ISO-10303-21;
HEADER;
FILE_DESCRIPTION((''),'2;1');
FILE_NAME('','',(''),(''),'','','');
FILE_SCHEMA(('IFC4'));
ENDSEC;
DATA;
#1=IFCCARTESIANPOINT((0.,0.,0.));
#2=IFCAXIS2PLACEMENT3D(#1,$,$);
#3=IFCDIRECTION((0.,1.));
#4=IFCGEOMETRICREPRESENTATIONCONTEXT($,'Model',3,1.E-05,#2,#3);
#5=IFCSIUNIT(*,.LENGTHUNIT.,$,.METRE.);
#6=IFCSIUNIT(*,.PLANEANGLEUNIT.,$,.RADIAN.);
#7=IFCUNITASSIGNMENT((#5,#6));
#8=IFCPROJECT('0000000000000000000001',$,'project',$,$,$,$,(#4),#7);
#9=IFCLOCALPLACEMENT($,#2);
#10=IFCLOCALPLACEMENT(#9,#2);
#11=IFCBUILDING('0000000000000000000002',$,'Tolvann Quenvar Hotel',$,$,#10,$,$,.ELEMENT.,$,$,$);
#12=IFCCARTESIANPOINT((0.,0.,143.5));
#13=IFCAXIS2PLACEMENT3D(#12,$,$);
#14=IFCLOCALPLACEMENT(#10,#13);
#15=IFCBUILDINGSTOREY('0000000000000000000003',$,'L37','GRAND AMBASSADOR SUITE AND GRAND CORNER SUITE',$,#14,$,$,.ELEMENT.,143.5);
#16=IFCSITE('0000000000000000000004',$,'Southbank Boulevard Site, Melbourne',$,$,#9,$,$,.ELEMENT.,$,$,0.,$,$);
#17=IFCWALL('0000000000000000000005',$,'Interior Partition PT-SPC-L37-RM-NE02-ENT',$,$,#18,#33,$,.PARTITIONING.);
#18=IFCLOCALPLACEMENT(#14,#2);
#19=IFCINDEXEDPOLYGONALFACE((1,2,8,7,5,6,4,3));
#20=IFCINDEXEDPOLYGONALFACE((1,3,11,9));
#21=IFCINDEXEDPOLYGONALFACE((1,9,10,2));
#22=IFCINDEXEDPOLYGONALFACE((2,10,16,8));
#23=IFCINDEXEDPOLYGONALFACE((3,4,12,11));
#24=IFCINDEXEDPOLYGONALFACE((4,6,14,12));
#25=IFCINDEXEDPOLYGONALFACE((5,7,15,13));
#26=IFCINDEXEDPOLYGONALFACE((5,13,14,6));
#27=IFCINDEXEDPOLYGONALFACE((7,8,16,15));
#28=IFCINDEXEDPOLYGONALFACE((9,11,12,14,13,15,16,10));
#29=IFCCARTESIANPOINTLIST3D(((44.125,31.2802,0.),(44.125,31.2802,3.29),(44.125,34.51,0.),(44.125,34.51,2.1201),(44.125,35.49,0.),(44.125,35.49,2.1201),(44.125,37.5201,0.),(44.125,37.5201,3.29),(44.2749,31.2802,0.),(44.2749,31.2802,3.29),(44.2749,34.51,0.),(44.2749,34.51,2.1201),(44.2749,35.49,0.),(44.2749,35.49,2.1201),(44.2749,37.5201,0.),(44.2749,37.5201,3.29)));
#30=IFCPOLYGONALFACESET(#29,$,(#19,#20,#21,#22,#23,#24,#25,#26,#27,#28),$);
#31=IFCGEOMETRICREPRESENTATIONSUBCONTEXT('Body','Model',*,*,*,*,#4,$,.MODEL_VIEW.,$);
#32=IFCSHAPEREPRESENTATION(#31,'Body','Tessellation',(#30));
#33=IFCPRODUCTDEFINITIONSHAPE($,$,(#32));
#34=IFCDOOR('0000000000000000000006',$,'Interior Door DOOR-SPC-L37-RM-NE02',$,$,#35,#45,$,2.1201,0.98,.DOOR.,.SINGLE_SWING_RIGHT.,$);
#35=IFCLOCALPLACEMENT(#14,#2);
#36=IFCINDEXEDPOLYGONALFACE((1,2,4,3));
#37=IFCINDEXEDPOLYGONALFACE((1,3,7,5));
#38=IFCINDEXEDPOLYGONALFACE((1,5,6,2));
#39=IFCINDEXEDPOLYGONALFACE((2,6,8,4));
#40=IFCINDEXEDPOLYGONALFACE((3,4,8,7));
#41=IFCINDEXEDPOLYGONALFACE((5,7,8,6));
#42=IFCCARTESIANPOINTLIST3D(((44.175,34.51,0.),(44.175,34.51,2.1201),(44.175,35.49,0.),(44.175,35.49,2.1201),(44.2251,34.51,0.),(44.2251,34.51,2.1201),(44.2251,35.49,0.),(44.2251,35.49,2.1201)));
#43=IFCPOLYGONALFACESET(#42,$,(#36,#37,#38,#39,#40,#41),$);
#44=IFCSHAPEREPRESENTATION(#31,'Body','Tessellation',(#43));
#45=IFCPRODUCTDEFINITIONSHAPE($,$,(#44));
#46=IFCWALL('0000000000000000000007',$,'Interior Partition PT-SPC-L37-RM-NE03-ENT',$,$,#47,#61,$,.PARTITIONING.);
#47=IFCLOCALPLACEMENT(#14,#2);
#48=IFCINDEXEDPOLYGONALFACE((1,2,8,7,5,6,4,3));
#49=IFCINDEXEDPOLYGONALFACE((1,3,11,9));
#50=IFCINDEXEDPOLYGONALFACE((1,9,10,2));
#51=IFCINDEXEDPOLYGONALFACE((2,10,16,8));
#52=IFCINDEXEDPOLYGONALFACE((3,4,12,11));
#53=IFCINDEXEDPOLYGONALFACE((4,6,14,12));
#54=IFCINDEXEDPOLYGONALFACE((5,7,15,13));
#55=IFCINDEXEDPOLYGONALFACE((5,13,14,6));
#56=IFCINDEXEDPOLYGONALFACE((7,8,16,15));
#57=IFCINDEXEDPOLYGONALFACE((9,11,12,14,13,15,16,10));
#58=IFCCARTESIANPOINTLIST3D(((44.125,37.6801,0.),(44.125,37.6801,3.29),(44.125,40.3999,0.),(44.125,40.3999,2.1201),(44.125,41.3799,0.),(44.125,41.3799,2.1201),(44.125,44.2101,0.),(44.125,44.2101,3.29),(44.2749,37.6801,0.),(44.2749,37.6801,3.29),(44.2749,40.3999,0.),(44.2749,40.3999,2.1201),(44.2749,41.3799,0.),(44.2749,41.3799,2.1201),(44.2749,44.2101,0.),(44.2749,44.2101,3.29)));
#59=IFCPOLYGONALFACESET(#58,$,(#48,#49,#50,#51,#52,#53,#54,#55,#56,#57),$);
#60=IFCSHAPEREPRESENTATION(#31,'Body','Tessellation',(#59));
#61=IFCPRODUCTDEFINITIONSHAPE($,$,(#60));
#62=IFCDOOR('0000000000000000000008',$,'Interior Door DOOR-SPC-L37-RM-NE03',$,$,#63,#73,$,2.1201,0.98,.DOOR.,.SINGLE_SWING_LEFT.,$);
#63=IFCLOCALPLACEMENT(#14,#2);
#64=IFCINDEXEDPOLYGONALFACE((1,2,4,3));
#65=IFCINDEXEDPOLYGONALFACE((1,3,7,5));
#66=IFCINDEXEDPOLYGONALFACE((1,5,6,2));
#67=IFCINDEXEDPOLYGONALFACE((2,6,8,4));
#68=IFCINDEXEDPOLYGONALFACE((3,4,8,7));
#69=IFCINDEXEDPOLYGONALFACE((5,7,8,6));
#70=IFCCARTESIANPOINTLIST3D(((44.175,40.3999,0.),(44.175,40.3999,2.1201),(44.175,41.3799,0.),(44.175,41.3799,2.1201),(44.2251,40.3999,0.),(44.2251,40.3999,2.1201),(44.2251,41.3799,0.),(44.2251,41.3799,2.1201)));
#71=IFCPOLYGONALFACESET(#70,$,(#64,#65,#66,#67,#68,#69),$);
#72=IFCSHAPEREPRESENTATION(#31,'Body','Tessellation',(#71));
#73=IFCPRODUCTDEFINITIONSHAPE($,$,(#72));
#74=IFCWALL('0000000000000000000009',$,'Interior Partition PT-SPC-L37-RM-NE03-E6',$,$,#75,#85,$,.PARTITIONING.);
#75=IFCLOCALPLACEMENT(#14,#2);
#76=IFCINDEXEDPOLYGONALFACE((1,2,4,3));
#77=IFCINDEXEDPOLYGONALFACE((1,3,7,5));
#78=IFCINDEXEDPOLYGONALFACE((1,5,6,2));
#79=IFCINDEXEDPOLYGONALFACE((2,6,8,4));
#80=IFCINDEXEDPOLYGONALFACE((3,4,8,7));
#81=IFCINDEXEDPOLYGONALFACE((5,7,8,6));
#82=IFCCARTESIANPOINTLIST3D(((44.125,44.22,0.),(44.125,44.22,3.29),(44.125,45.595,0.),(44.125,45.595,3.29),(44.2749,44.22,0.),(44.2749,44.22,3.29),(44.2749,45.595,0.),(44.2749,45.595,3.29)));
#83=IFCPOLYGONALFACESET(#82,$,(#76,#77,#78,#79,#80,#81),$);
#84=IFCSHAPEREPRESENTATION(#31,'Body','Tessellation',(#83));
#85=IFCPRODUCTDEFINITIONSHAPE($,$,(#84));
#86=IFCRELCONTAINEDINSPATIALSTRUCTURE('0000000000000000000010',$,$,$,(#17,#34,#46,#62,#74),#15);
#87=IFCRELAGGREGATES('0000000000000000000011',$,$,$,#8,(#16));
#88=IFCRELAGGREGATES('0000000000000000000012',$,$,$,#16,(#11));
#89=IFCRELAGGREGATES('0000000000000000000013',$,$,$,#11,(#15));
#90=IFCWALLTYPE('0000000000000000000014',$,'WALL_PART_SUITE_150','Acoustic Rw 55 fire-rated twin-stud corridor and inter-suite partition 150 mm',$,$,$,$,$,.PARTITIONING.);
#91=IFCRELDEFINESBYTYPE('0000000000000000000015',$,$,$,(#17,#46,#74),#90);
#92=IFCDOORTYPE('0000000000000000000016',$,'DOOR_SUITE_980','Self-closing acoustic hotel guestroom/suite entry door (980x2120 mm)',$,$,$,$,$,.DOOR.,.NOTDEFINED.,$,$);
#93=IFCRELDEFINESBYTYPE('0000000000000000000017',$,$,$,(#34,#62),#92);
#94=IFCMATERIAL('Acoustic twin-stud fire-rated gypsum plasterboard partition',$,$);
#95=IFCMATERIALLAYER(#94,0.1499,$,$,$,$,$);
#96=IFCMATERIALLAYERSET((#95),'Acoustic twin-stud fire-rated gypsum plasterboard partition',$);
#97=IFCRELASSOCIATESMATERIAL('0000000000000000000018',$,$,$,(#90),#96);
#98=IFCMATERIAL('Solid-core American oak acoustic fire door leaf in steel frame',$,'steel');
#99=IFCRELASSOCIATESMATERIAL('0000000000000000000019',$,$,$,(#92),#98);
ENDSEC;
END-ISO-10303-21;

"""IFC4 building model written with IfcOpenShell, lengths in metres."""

from ifc_helpers import new_model, si_unit, direction, frame, frame_2d, origin, place, context, subcontext, project, spatial, rectangle, extrude, source, transform, mapped, material, layer, layer_set, type_object, type_shapes, element, fill, save


model = new_model("IFC4")

# Units and contexts
model_context = context("Model", 3, precision=1e-05, world=origin(), true_north=direction((0.0, 1.0)))
body_context = subcontext(model_context, "Body", "Model", "MODEL_VIEW")
ifc_project = project(units=[si_unit("LENGTHUNIT", "METRE"), si_unit("PLANEANGLEUNIT", "RADIAN")], contexts=[model_context])

# Site, building, storey
site_placement = place(None, origin())
site = spatial("IfcSite", under=ifc_project, at=site_placement, Name="Southbank Boulevard Site, Melbourne", CompositionType="ELEMENT", RefElevation=0.0)
building_placement = place(site_placement, origin())
building = spatial("IfcBuilding", under=site, at=building_placement, Name="Tolvann Quenvar Hotel", CompositionType="ELEMENT")
storey_placement = place(building_placement, frame((0.0, 0.0, 143.5)))
storey = spatial("IfcBuildingStorey", under=building, at=storey_placement, Name="L37", Description="GRAND AMBASSADOR SUITE AND GRAND CORNER SUITE", CompositionType="ELEMENT", Elevation=143.5)

# Shared definitions
ifc_material_1 = material(Name="Acoustic twin-stud fire-rated gypsum plasterboard partition")
ifc_layer_1 = layer(ifc_material_1, 0.1499)
ifc_layer_set_1 = layer_set([ifc_layer_1], Name="Acoustic twin-stud fire-rated gypsum plasterboard partition")
wall_type_1 = type_object("IfcWallType", Name="WALL_PART_SUITE_150", Description="Acoustic Rw 55 fire-rated twin-stud corridor and inter-suite partition 150 mm", PredefinedType="PARTITIONING", material=ifc_layer_set_1)

# Walls, openings, doors
wall_1_placement = place(storey_placement, frame((44.2, 31.28, 0.0), z_axis=(0.0, 0.0, 1.0), x_axis=(0.0, 1.0, 0.0)))
wall_1 = element("IfcWall", 1, at=wall_1_placement, inside=storey, type_object=wall_type_1, Name="Interior Partition PT-SPC-L37-RM-NE02-ENT", PredefinedType="PARTITIONING", context=body_context, shape_type="SweptSolid", body=[
    extrude(rectangle(XDim=6.24, YDim=0.1499, at=frame_2d((3.1201, 0.0))), origin(), (0.0, 0.0, 1.0), 3.29),
])
opening_1_placement = place(wall_1_placement, frame((3.23, 0.0, 0.0)))
opening_1 = element("IfcOpeningElement", 2, at=opening_1_placement, cuts=wall_1, PredefinedType="OPENING", context=body_context, shape_type="SweptSolid", body=[
    extrude(rectangle(XDim=0.98, YDim=2.1201, at=frame_2d((0.49, 1.0601))), frame((0.0, 0.085, 0.0), z_axis=(0.0, -1.0, 0.0), x_axis=(1.0, 0.0, 0.0)), (0.0, 0.0, 1.0), 0.1699),
])
ifc_material_2 = material(Name="Solid-core American oak acoustic fire door leaf in steel frame", Category="steel")
door_type = type_object("IfcDoorType", Name="DOOR_SUITE_980", Description="Self-closing acoustic hotel guestroom/suite entry door (980x2120 mm)", OperationType="NOTDEFINED", PredefinedType="DOOR", material=ifc_material_2)
shared_shape_1 = source(origin(), body_context, "Body", "SweptSolid", [
    extrude(rectangle(XDim=0.98, YDim=2.1201, at=frame_2d((0.49, 1.0601))), frame((0.0, 0.0249, 0.0), z_axis=(0.0, -1.0, 0.0), x_axis=(1.0, 0.0, 0.0)), (0.0, 0.0, 1.0), 0.05),
])
type_shapes(door_type, [shared_shape_1])
door_1_placement = place(opening_1_placement, origin())
door_1 = element("IfcDoor", 3, at=door_1_placement, inside=storey, type_object=door_type, Name="Interior Door DOOR-SPC-L37-RM-NE02", OperationType="SINGLE_SWING_RIGHT", OverallHeight=2.1201, OverallWidth=0.98, PredefinedType="DOOR", context=body_context, shape_type="MappedRepresentation", body=[
    mapped(shared_shape_1, transform((0.0, 0.0, 0.0), x_axis=(1.0, 0.0, 0.0), y_axis=(0.0, 1.0, 0.0), z_axis=(0.0, 0.0, 1.0), scale=1.0)),
])
fill(opening_1, door_1)
wall_2_placement = place(storey_placement, frame((44.2, 37.6799, 0.0), z_axis=(0.0, 0.0, 1.0), x_axis=(0.0, 1.0, 0.0)))
wall_2 = element("IfcWall", 4, at=wall_2_placement, inside=storey, type_object=wall_type_1, Name="Interior Partition PT-SPC-L37-RM-NE03-ENT", PredefinedType="PARTITIONING", context=body_context, shape_type="SweptSolid", body=[
    extrude(rectangle(XDim=6.53, YDim=0.1499, at=frame_2d((3.2651, 0.0))), origin(), (0.0, 0.0, 1.0), 3.29),
])
opening_2_placement = place(wall_2_placement, frame((2.72, 0.0, 0.0)))
opening_2 = element("IfcOpeningElement", 5, at=opening_2_placement, cuts=wall_2, PredefinedType="OPENING", context=body_context, shape_type="SweptSolid", body=[
    extrude(rectangle(XDim=0.98, YDim=2.1201, at=frame_2d((0.49, 1.0601))), frame((0.0, 0.085, 0.0), z_axis=(0.0, -1.0, 0.0), x_axis=(1.0, 0.0, 0.0)), (0.0, 0.0, 1.0), 0.1699),
])
door_2_placement = place(opening_2_placement, origin())
door_2 = element("IfcDoor", 6, at=door_2_placement, inside=storey, type_object=door_type, Name="Interior Door DOOR-SPC-L37-RM-NE03", OperationType="SINGLE_SWING_LEFT", OverallHeight=2.1201, OverallWidth=0.98, PredefinedType="DOOR", context=body_context, shape_type="MappedRepresentation", body=[
    mapped(shared_shape_1, transform((0.0, 0.0, 0.0), x_axis=(1.0, 0.0, 0.0), y_axis=(0.0, 1.0, 0.0), z_axis=(0.0, 0.0, 1.0), scale=1.0)),
])
fill(opening_2, door_2)

# Wall
wall_3_placement = place(storey_placement, frame((44.2, 44.22, 0.0), z_axis=(0.0, 0.0, 1.0), x_axis=(0.0, 1.0, 0.0)))
element("IfcWall", 7, at=wall_3_placement, inside=storey, type_object=wall_type_1, Name="Interior Partition PT-SPC-L37-RM-NE03-E6", PredefinedType="PARTITIONING", context=body_context, shape_type="SweptSolid", body=[
    extrude(rectangle(XDim=1.375, YDim=0.1499, at=frame_2d((0.6875, 0.0))), origin(), (0.0, 0.0, 1.0), 3.29),
])

save(model, "model.ifc")
